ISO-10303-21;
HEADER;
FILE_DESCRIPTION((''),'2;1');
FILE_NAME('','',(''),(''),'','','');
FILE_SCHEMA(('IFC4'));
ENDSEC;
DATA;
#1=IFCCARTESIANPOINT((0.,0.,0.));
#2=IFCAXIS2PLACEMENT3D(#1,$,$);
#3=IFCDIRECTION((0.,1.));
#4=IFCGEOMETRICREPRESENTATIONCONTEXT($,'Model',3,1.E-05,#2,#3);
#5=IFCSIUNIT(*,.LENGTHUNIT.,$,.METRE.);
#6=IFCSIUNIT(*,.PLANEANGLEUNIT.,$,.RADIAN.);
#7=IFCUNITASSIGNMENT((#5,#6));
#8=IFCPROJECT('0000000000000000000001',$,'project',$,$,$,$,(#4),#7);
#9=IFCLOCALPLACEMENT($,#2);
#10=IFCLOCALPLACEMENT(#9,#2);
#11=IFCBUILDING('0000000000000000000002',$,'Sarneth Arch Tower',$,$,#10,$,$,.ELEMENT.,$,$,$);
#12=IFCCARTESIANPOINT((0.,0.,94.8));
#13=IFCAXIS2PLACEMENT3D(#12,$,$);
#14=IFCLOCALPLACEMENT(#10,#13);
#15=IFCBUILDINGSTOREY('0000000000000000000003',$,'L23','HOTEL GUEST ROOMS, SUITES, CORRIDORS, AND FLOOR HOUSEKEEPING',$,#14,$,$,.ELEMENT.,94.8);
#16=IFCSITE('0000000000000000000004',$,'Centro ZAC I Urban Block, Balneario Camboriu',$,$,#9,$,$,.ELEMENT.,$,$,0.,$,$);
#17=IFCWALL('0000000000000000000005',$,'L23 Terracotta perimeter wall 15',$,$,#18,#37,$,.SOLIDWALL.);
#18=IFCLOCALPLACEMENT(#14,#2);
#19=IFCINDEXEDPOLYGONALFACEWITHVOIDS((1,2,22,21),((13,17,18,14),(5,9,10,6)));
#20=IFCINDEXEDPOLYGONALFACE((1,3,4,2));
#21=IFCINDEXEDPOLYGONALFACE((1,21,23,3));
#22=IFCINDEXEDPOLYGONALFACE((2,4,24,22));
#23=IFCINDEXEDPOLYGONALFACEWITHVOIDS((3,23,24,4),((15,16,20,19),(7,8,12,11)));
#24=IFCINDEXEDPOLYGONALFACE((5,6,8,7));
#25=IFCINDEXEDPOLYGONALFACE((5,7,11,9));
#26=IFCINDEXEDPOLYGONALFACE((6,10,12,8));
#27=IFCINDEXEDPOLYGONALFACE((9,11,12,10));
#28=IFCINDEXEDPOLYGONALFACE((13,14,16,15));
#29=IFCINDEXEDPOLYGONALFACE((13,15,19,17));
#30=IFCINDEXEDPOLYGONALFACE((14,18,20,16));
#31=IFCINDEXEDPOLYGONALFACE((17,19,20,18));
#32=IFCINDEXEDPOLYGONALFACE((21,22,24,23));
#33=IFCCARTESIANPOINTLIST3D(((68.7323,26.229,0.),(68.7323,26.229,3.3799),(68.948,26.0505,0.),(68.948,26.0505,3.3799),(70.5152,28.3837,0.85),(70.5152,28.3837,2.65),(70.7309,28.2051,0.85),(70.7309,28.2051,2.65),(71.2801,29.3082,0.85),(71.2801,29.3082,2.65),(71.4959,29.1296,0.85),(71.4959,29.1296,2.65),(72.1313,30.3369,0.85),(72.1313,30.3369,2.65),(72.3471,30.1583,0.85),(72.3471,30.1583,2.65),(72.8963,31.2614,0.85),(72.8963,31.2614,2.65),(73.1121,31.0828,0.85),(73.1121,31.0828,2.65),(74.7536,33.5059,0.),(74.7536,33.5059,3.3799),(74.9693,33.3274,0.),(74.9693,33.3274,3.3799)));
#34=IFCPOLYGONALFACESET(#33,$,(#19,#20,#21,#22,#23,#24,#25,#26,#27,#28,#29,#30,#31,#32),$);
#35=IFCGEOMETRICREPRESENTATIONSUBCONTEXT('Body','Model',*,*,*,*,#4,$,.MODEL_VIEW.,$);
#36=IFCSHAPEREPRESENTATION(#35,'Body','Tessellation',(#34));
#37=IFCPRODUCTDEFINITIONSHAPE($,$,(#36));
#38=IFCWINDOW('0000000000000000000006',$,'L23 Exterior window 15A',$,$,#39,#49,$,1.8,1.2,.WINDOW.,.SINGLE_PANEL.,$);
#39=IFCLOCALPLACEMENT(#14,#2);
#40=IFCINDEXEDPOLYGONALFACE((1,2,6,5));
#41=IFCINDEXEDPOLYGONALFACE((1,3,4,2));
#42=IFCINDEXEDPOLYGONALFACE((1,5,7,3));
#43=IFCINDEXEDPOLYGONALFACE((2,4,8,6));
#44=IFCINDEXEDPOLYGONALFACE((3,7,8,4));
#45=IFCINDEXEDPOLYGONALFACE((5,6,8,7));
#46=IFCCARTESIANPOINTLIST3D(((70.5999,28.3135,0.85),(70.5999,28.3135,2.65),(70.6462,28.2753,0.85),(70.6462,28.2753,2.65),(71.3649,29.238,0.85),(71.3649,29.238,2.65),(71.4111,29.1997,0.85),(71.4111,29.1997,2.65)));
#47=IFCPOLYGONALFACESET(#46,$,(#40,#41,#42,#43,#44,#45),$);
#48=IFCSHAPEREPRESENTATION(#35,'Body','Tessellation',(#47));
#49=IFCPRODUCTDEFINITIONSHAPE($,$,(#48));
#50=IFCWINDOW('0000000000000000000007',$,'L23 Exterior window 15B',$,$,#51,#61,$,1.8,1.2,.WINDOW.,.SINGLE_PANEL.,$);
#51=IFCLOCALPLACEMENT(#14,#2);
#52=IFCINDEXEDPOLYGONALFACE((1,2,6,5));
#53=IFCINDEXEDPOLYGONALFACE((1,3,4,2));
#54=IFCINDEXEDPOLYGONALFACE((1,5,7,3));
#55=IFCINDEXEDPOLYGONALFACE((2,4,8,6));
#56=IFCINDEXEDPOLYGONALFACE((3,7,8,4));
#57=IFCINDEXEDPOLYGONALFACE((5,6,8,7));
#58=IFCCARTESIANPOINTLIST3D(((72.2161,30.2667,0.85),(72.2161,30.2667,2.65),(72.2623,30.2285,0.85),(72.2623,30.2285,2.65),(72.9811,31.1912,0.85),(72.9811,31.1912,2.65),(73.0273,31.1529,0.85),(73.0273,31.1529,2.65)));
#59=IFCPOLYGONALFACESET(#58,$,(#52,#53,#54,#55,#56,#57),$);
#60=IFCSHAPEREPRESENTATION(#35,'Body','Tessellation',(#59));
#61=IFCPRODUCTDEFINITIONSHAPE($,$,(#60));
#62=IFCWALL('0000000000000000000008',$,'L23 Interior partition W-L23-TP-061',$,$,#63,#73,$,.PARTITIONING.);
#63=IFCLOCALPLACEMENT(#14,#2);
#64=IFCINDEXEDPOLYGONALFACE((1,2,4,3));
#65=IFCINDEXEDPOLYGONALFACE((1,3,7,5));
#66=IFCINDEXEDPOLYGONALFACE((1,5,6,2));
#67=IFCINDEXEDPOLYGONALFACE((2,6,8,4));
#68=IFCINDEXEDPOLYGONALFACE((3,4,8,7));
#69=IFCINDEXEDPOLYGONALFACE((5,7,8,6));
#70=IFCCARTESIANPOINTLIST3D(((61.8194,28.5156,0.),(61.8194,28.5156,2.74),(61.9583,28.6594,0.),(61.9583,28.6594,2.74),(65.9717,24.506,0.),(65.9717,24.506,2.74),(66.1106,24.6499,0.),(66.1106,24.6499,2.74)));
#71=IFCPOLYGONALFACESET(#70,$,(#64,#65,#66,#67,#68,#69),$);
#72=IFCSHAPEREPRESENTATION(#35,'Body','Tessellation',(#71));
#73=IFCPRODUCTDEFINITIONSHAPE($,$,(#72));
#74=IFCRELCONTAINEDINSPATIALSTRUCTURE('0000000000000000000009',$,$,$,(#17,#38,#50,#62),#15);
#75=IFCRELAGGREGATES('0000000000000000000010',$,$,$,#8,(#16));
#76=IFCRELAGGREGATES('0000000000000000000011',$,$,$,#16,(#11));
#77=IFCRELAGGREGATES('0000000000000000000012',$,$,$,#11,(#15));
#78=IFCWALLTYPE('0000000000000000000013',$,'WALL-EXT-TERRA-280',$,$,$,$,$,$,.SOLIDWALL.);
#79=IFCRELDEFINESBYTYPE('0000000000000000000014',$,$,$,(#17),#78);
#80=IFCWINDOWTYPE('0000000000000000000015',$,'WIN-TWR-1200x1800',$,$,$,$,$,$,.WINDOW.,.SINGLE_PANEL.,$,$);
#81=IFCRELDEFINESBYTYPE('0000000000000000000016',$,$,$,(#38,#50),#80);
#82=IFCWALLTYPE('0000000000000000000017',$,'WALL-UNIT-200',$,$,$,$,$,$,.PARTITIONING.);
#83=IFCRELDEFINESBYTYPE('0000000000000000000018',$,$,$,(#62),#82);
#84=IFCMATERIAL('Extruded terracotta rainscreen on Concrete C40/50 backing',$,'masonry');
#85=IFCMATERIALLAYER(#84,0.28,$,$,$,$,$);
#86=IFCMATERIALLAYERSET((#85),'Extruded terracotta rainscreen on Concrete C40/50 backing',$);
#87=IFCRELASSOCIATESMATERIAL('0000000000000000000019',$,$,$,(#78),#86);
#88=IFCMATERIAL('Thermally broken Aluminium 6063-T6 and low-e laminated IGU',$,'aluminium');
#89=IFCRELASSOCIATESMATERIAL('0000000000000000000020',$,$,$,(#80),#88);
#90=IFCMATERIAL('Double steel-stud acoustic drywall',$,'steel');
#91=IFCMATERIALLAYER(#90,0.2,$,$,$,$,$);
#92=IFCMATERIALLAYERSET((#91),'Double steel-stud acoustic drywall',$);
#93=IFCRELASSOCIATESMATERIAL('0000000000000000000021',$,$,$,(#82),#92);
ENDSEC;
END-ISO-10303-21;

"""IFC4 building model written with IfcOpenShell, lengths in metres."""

from ifc_helpers import new_model, si_unit, direction, frame, frame_2d, origin, place, context, subcontext, project, spatial, rectangle, extrude, material, layer, layer_set, type_object, element, fill, save


model = new_model("IFC4")

# Units and contexts
model_context = context("Model", 3, precision=1e-05, world=origin(), true_north=direction((0.0, 1.0)))
body_context = subcontext(model_context, "Body", "Model", "MODEL_VIEW")
ifc_project = project(units=[si_unit("LENGTHUNIT", "METRE"), si_unit("PLANEANGLEUNIT", "RADIAN")], contexts=[model_context])

# Site, building, storey
site_placement = place(None, origin())
site = spatial("IfcSite", under=ifc_project, at=site_placement, Name="Centro ZAC I Urban Block, Balneario Camboriu", CompositionType="ELEMENT", RefElevation=0.0)
building_placement = place(site_placement, origin())
building = spatial("IfcBuilding", under=site, at=building_placement, Name="Sarneth Arch Tower", CompositionType="ELEMENT")
storey_placement = place(building_placement, frame((0.0, 0.0, 94.8)))
storey = spatial("IfcBuildingStorey", under=building, at=storey_placement, Name="L23", Description="HOTEL GUEST ROOMS, SUITES, CORRIDORS, AND FLOOR HOUSEKEEPING", CompositionType="ELEMENT", Elevation=94.8)

# Wall, openings, windows
ifc_material_1 = material(Name="Extruded terracotta rainscreen on Concrete C40/50 backing", Category="masonry")
ifc_layer_1 = layer(ifc_material_1, 0.28)
ifc_layer_set_1 = layer_set([ifc_layer_1], Name="Extruded terracotta rainscreen on Concrete C40/50 backing")
wall_type_1 = type_object("IfcWallType", Name="WALL-EXT-TERRA-280", PredefinedType="SOLIDWALL", material=ifc_layer_set_1)
wall_1_placement = place(storey_placement, frame((68.8401, 26.1396, 0.0), z_axis=(0.0, 0.0, 1.0), x_axis=(0.637506, 0.770446, 0.0)))
wall_1 = element("IfcWall", 1, at=wall_1_placement, inside=storey, type_object=wall_type_1, Name="L23 Terracotta perimeter wall 15", PredefinedType="SOLIDWALL", context=body_context, shape_type="SweptSolid", body=[
    extrude(rectangle(XDim=9.4451, YDim=0.28, at=frame_2d((4.7227, 0.0))), origin(), (0.0, 0.0, 1.0), 3.3799),
])
opening_1_placement = place(wall_1_placement, frame((2.7966, 0.0, 0.8501)))
opening_1 = element("IfcOpeningElement", 2, at=opening_1_placement, cuts=wall_1, PredefinedType="OPENING", context=body_context, shape_type="SweptSolid", body=[
    extrude(rectangle(XDim=1.2, YDim=1.8, at=frame_2d((0.6001, 0.8999))), frame((0.0, 0.1499, 0.0), z_axis=(0.0, -1.0, 0.0), x_axis=(1.0, 0.0, 0.0)), (0.0, 0.0, 1.0), 0.3),
])
opening_2_placement = place(wall_1_placement, frame((5.3318, 0.0, 0.8501)))
opening_2 = element("IfcOpeningElement", 3, at=opening_2_placement, cuts=wall_1, PredefinedType="OPENING", context=body_context, shape_type="SweptSolid", body=[
    extrude(rectangle(XDim=1.2, YDim=1.8, at=frame_2d((0.6001, 0.8999))), frame((0.0, 0.1499, 0.0), z_axis=(0.0, -1.0, 0.0), x_axis=(1.0, 0.0, 0.0)), (0.0, 0.0, 1.0), 0.3),
])
ifc_material_2 = material(Name="Thermally broken Aluminium 6063-T6 and low-e laminated IGU", Category="aluminium")
window_type = type_object("IfcWindowType", Name="WIN-TWR-1200x1800", PartitioningType="SINGLE_PANEL", PredefinedType="WINDOW", material=ifc_material_2)
window_1_placement = place(opening_1_placement, origin())
window_1 = element("IfcWindow", 4, at=window_1_placement, inside=storey, type_object=window_type, Name="L23 Exterior window 15A", OverallHeight=1.8, OverallWidth=1.2, PartitioningType="SINGLE_PANEL", PredefinedType="WINDOW", context=body_context, shape_type="SweptSolid", body=[
    extrude(rectangle(XDim=1.2, YDim=1.8, at=frame_2d((0.6001, 0.8999))), frame((0.0, 0.03, 0.0), z_axis=(0.0, -1.0, 0.0), x_axis=(1.0, 0.0, 0.0)), (0.0, 0.0, 1.0), 0.0601),
])
fill(opening_1, window_1)
window_2_placement = place(opening_2_placement, origin())
window_2 = element("IfcWindow", 5, at=window_2_placement, inside=storey, type_object=window_type, Name="L23 Exterior window 15B", OverallHeight=1.8, OverallWidth=1.2, PartitioningType="SINGLE_PANEL", PredefinedType="WINDOW", context=body_context, shape_type="SweptSolid", body=[
    extrude(rectangle(XDim=1.2, YDim=1.8, at=frame_2d((0.6001, 0.8999))), frame((0.0, 0.03, 0.0), z_axis=(0.0, -1.0, 0.0), x_axis=(1.0, 0.0, 0.0)), (0.0, 0.0, 1.0), 0.0601),
])
fill(opening_2, window_2)

# Wall
ifc_material_3 = material(Name="Double steel-stud acoustic drywall", Category="steel")
ifc_layer_2 = layer(ifc_material_3, 0.2)
ifc_layer_set_2 = layer_set([ifc_layer_2], Name="Double steel-stud acoustic drywall")
wall_type_2 = type_object("IfcWallType", Name="WALL-UNIT-200", PredefinedType="PARTITIONING", material=ifc_layer_set_2)
wall_2_placement = place(storey_placement, frame((66.0413, 24.5779, 0.0), z_axis=(0.0, 0.0, 1.0), x_axis=(-0.71937, 0.694627, 0.0)))
element("IfcWall", 6, at=wall_2_placement, inside=storey, type_object=wall_type_2, Name="L23 Interior partition W-L23-TP-061", PredefinedType="PARTITIONING", context=body_context, shape_type="SweptSolid", body=[
    extrude(rectangle(XDim=5.7722, YDim=0.2, at=frame_2d((2.8862, 0.0))), origin(), (0.0, 0.0, 1.0), 2.74),
])

save(model, "model.ifc")
